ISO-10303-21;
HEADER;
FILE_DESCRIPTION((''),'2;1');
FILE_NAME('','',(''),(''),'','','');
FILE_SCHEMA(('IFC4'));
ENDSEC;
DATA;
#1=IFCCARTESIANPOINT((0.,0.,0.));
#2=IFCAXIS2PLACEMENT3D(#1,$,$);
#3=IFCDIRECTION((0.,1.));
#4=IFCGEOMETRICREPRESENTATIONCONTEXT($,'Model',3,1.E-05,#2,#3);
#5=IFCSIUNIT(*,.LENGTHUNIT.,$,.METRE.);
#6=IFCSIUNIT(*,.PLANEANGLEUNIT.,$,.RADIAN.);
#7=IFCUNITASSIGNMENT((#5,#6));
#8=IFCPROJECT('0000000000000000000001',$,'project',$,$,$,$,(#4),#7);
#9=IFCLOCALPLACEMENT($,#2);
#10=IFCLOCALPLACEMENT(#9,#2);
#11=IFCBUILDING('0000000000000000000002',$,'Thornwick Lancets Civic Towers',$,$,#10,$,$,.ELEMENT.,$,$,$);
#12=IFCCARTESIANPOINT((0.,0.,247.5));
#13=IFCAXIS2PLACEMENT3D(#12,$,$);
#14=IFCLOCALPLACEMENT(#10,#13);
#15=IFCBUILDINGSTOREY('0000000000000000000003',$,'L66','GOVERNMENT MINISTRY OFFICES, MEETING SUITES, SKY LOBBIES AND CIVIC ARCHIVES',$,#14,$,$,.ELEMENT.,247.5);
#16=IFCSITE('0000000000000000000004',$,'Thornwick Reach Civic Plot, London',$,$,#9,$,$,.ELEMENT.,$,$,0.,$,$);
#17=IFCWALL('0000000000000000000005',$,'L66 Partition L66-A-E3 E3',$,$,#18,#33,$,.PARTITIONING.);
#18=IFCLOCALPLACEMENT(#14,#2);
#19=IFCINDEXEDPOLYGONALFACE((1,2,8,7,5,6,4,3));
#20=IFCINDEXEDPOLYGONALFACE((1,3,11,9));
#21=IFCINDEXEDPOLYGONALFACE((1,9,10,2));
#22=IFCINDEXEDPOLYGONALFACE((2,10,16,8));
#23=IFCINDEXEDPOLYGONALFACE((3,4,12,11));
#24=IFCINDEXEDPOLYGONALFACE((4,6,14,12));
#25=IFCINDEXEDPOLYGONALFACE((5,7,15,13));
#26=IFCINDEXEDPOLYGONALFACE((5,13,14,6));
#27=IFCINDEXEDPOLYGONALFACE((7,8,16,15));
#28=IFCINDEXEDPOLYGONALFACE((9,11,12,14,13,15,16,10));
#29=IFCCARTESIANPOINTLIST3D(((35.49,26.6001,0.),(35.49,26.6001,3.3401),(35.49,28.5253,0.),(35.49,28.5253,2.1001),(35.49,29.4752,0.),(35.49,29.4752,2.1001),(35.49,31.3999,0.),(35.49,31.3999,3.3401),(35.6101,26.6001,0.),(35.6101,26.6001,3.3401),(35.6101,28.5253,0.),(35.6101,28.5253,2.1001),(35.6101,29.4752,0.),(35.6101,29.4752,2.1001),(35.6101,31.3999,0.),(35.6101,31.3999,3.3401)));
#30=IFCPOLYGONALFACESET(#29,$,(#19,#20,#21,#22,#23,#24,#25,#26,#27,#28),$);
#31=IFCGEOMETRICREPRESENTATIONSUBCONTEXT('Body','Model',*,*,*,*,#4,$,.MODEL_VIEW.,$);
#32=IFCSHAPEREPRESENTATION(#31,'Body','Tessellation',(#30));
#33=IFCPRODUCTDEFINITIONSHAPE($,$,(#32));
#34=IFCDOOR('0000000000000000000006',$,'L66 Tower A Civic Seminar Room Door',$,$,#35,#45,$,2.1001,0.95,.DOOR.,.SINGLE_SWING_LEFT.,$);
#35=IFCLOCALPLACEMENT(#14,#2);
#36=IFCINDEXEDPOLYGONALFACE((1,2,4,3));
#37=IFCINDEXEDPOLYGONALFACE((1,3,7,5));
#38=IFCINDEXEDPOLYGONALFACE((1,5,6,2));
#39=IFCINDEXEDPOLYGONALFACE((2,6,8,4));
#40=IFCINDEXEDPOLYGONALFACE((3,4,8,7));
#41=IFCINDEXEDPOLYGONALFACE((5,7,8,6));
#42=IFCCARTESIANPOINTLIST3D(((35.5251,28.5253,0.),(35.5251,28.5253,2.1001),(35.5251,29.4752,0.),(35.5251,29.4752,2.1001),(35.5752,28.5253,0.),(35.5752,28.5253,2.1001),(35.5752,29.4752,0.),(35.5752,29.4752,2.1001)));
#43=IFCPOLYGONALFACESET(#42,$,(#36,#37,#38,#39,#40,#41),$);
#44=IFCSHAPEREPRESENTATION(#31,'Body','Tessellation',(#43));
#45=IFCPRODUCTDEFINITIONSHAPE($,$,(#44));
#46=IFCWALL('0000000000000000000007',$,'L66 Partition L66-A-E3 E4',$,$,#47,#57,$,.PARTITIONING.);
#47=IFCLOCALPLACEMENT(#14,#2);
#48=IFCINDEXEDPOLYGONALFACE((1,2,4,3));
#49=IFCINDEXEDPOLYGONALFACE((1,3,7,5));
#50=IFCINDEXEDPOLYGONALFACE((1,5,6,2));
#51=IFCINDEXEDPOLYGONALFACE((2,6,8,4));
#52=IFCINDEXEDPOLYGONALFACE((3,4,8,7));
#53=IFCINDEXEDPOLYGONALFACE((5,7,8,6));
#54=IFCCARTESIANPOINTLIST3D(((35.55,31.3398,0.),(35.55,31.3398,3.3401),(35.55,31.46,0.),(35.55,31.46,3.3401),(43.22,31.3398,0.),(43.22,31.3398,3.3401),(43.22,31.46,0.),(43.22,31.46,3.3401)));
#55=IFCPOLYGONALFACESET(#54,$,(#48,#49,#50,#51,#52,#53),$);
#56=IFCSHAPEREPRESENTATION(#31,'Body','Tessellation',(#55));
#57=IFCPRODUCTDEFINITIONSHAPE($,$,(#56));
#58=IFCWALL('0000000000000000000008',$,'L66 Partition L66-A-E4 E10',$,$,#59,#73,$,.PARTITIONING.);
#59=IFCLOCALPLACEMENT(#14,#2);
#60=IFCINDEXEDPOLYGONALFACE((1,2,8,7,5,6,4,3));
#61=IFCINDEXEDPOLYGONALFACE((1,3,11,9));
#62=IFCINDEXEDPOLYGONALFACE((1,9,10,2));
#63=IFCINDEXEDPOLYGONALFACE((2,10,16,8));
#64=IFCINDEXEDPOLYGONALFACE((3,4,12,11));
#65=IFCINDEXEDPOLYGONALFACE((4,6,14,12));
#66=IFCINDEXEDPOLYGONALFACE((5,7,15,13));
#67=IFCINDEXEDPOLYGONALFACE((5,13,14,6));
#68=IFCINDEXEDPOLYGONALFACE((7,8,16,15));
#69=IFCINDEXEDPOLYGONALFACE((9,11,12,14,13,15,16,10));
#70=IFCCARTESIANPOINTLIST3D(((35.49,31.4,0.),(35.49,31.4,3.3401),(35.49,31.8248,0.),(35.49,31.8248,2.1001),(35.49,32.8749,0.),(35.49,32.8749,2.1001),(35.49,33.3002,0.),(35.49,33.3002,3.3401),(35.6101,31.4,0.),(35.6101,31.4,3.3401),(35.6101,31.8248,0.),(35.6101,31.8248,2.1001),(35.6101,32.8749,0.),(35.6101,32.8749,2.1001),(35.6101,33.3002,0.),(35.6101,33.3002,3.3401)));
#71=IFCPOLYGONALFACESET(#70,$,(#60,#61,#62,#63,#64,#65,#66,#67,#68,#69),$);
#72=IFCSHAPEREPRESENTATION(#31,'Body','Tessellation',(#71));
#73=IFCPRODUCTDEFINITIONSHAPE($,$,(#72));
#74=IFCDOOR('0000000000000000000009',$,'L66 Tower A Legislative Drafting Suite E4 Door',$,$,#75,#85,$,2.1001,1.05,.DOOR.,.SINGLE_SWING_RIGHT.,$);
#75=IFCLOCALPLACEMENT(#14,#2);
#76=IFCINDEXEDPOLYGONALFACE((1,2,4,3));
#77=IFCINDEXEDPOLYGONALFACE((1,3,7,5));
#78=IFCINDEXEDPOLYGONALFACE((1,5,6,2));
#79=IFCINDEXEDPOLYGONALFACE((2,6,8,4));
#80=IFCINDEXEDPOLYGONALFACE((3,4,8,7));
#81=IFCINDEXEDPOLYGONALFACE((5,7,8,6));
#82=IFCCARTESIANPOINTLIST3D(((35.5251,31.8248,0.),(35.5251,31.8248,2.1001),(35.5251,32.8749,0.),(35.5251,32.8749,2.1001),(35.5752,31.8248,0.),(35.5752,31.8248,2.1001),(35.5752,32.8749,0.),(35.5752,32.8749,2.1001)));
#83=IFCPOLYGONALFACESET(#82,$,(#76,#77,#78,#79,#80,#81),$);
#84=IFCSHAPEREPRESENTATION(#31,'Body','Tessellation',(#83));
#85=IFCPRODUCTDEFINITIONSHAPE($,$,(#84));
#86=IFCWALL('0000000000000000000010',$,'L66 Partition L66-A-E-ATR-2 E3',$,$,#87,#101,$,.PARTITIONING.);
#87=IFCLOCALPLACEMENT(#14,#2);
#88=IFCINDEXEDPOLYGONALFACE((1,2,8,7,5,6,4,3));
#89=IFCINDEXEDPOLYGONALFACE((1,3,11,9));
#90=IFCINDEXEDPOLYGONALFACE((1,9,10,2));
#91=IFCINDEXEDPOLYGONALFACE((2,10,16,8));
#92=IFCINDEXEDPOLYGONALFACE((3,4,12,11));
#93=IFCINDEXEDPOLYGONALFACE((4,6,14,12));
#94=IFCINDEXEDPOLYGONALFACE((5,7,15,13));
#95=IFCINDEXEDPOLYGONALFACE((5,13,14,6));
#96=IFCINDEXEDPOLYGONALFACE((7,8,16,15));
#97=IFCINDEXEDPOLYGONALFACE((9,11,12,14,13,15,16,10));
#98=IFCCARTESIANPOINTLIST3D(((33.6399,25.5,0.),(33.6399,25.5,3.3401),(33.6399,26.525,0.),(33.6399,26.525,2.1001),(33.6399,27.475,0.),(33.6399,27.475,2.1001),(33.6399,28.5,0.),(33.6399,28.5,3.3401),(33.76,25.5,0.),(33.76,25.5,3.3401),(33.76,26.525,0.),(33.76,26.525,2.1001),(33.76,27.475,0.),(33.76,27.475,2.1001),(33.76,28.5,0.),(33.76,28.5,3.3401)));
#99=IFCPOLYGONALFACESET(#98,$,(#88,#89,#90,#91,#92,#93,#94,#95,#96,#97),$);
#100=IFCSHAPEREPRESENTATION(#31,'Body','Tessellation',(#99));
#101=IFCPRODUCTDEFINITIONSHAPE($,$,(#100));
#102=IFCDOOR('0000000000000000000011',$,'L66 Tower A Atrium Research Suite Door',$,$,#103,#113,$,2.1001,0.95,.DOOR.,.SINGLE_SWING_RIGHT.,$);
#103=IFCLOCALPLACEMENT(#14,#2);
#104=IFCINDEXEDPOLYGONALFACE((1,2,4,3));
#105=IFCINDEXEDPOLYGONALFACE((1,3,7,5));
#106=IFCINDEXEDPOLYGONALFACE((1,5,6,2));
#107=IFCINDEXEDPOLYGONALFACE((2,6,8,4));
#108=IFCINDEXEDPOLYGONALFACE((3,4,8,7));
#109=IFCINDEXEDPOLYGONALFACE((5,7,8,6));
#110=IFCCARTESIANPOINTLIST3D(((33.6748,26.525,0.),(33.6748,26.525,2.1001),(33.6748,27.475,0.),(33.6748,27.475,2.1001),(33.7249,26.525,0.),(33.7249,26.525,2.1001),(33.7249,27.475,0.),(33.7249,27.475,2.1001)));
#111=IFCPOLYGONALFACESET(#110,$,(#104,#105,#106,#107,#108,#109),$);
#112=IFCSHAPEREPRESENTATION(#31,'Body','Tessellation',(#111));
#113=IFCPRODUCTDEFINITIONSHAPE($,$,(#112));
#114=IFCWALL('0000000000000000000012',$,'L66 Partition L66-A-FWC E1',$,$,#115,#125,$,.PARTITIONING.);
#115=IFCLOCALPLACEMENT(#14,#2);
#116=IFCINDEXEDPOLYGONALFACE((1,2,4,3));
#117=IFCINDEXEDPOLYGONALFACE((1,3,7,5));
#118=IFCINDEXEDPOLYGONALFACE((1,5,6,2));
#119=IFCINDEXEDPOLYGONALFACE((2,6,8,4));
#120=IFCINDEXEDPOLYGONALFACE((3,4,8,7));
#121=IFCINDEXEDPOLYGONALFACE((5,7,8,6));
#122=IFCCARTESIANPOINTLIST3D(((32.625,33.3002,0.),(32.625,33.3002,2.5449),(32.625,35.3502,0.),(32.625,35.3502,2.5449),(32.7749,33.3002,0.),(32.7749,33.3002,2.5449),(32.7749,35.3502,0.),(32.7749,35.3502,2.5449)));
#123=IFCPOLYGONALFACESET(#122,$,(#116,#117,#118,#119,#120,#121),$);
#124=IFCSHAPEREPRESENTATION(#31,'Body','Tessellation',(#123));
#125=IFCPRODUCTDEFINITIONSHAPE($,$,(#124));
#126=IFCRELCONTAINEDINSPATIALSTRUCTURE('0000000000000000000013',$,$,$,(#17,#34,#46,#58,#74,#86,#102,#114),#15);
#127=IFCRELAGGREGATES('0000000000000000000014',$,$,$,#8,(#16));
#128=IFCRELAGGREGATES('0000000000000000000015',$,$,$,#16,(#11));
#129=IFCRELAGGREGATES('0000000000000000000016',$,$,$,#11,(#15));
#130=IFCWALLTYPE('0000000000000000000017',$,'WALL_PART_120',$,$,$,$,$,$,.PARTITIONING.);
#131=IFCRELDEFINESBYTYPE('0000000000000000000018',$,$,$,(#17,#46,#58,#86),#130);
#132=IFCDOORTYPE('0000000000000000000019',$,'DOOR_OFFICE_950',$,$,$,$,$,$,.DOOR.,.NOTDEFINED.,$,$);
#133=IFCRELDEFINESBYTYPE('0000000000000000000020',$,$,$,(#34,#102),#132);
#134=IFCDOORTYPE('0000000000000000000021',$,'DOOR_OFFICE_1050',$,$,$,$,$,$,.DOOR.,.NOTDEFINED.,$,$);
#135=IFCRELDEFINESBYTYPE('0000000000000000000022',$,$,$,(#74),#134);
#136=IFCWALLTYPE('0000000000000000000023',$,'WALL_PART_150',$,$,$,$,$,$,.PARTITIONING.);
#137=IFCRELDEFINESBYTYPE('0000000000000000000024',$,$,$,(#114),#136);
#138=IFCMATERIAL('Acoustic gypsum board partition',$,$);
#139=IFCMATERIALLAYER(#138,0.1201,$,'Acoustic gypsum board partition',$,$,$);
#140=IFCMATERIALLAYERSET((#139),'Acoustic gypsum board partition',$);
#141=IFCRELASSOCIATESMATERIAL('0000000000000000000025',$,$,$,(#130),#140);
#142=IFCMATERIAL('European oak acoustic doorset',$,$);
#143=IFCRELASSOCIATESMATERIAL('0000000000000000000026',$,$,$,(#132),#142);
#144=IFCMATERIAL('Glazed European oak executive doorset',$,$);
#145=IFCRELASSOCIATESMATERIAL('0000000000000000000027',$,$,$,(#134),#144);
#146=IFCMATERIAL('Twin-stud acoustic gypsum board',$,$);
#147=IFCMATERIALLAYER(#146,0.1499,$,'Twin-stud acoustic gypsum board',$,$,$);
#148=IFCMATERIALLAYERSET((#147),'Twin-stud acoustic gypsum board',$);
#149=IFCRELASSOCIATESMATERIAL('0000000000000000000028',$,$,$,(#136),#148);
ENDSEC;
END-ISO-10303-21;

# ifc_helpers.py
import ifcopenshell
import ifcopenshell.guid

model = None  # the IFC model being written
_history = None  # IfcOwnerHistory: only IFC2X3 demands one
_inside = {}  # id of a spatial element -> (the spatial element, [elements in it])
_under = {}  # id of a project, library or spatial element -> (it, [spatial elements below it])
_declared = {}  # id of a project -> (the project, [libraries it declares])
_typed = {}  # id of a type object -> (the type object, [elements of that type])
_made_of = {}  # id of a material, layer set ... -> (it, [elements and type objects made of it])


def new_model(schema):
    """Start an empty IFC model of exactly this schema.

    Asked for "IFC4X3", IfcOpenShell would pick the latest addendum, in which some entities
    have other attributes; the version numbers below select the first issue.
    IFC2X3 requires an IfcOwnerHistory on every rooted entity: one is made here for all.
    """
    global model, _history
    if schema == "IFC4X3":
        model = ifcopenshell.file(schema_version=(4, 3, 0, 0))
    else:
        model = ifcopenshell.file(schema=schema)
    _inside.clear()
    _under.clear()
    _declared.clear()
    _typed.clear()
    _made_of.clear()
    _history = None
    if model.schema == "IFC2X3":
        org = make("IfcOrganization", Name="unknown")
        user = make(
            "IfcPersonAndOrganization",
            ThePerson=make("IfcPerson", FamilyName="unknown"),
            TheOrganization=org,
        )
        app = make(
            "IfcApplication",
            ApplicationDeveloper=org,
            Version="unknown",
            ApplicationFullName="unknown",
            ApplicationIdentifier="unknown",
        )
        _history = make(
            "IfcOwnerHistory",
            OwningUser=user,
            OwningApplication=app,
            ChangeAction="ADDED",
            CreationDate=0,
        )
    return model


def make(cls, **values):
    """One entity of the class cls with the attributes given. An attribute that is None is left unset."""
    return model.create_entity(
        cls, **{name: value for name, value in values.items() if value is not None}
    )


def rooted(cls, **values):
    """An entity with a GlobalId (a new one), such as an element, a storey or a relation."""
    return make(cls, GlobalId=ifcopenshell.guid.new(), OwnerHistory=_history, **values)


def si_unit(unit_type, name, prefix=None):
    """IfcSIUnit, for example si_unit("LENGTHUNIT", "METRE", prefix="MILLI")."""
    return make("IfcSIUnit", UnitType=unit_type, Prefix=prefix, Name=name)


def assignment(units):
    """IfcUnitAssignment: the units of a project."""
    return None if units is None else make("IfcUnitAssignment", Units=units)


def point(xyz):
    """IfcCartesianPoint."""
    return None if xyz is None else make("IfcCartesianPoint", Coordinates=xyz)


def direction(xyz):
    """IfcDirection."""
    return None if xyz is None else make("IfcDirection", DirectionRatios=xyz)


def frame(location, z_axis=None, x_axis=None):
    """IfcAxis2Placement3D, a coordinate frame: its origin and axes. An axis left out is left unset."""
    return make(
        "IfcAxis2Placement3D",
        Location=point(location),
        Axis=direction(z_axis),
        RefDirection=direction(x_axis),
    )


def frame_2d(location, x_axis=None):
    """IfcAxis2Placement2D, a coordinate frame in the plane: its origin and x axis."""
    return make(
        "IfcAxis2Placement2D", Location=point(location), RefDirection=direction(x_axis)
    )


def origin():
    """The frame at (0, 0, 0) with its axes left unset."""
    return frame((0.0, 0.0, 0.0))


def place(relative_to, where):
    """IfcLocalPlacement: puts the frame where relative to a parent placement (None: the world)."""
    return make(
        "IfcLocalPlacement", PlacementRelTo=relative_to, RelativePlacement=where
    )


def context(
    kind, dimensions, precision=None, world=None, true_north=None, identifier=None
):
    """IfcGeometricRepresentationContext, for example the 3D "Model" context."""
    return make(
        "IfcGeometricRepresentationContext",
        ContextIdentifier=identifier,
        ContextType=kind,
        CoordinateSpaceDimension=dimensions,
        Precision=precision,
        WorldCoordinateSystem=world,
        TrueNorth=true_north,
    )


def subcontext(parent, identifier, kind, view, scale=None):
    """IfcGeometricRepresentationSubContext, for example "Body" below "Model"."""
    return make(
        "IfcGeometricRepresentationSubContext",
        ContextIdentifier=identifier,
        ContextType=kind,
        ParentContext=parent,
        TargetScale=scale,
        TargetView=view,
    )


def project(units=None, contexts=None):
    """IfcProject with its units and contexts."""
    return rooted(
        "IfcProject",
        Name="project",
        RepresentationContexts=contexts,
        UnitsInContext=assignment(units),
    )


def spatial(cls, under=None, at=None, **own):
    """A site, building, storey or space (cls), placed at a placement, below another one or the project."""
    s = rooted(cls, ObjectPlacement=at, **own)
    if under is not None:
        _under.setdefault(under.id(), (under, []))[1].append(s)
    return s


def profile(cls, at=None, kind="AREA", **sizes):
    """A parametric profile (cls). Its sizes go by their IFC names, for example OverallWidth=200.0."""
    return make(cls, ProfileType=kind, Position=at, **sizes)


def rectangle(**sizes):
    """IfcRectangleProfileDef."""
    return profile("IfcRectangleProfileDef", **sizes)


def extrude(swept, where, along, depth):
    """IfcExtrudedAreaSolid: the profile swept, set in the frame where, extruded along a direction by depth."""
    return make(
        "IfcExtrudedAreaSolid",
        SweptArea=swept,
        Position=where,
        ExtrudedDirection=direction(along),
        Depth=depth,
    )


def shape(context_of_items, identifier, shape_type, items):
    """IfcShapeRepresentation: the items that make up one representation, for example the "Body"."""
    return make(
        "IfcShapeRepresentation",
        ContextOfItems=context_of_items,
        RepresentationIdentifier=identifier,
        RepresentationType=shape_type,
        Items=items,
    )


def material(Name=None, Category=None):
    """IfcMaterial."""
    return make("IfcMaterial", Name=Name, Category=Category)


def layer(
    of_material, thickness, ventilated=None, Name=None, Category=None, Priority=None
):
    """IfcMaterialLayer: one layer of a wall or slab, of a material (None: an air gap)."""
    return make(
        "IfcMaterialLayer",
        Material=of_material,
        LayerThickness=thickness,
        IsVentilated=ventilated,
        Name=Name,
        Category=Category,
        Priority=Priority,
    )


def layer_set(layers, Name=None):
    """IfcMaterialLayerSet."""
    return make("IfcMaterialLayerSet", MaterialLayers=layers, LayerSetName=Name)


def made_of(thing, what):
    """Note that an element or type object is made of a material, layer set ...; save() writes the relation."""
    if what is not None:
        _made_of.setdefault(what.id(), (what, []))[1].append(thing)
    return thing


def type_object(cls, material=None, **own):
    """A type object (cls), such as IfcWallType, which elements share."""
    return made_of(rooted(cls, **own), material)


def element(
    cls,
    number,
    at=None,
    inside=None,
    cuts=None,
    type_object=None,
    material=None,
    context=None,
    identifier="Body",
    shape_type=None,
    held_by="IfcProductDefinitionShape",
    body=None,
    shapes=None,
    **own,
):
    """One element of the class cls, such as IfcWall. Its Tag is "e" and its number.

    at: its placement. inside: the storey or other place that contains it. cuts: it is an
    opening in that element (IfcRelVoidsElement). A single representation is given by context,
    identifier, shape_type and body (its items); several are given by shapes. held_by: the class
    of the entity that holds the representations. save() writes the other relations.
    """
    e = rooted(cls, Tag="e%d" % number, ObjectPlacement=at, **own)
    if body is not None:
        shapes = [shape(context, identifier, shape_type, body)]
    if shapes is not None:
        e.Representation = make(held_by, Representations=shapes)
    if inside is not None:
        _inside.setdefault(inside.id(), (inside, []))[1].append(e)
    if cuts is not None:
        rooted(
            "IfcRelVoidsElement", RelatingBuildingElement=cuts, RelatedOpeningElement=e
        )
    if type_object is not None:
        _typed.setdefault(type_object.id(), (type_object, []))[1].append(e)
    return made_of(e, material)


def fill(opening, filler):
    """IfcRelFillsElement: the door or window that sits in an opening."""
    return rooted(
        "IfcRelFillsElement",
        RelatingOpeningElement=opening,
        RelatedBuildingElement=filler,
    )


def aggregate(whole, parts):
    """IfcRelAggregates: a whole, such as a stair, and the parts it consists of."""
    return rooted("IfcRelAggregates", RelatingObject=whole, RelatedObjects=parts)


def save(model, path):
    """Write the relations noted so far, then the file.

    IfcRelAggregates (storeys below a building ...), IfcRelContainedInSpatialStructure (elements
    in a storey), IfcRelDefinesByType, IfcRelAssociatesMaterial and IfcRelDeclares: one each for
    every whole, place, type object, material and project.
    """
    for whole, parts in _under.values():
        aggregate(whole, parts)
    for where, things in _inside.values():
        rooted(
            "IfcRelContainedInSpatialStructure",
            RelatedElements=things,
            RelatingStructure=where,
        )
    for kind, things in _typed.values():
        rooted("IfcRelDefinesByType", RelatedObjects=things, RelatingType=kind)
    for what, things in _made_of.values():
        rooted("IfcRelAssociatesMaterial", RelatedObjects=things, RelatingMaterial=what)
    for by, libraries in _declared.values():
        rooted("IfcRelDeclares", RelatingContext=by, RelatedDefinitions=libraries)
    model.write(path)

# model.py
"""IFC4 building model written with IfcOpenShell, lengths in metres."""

from ifc_helpers import new_model, si_unit, direction, frame, frame_2d, origin, place, context, subcontext, project, spatial, rectangle, extrude, material, layer, layer_set, type_object, element, fill, save


model = new_model("IFC4")

# Units and contexts
model_context = context("Model", 3, precision=1e-05, world=origin(), true_north=direction((0.0, 1.0)))
body_context = subcontext(model_context, "Body", "Model", "MODEL_VIEW")
ifc_project = project(units=[si_unit("LENGTHUNIT", "METRE"), si_unit("PLANEANGLEUNIT", "RADIAN")], contexts=[model_context])

# Site, building, storey
site_placement = place(None, origin())
site = spatial("IfcSite", under=ifc_project, at=site_placement, Name="Thornwick Reach Civic Plot, London", CompositionType="ELEMENT", RefElevation=0.0)
building_placement = place(site_placement, origin())
building = spatial("IfcBuilding", under=site, at=building_placement, Name="Thornwick Lancets Civic Towers", CompositionType="ELEMENT")
storey_placement = place(building_placement, frame((0.0, 0.0, 247.5)))
storey = spatial("IfcBuildingStorey", under=building, at=storey_placement, Name="L66", Description="GOVERNMENT MINISTRY OFFICES, MEETING SUITES, SKY LOBBIES AND CIVIC ARCHIVES", CompositionType="ELEMENT", Elevation=247.5)

# Shared definitions
ifc_material_1 = material(Name="Acoustic gypsum board partition")
ifc_layer_1 = layer(ifc_material_1, 0.1201, Name="Acoustic gypsum board partition")
ifc_layer_set_1 = layer_set([ifc_layer_1], Name="Acoustic gypsum board partition")
wall_type_1 = type_object("IfcWallType", Name="WALL_PART_120", PredefinedType="PARTITIONING", material=ifc_layer_set_1)

# Wall, opening, door
wall_1_placement = place(storey_placement, frame((35.55, 26.6001, 0.0), z_axis=(0.0, 0.0, 1.0), x_axis=(0.0, 1.0, 0.0)))
wall_1 = element("IfcWall", 1, at=wall_1_placement, inside=storey, type_object=wall_type_1, Name="L66 Partition L66-A-E3 E3", PredefinedType="PARTITIONING", context=body_context, shape_type="SweptSolid", body=[
    extrude(rectangle(XDim=4.7998, YDim=0.1201, at=frame_2d((2.3999, 0.0))), origin(), (0.0, 0.0, 1.0), 3.3401),
])
opening_1_placement = place(wall_1_placement, frame((1.925, 0.0, 0.0)))
opening_1 = element("IfcOpeningElement", 2, at=opening_1_placement, cuts=wall_1, PredefinedType="OPENING", context=body_context, shape_type="SweptSolid", body=[
    extrude(rectangle(XDim=0.95, YDim=2.1001, at=frame_2d((0.4751, 1.05))), frame((0.0, 0.0701, 0.0), z_axis=(0.0, -1.0, 0.0), x_axis=(1.0, 0.0, 0.0)), (0.0, 0.0, 1.0), 0.1401),
])
ifc_material_2 = material(Name="European oak acoustic doorset")
door_type_1 = type_object("IfcDoorType", Name="DOOR_OFFICE_950", OperationType="NOTDEFINED", PredefinedType="DOOR", material=ifc_material_2)
door_1_placement = place(opening_1_placement, origin())
door_1 = element("IfcDoor", 3, at=door_1_placement, inside=storey, type_object=door_type_1, Name="L66 Tower A Civic Seminar Room Door", OperationType="SINGLE_SWING_LEFT", OverallHeight=2.1001, OverallWidth=0.95, PredefinedType="DOOR", context=body_context, shape_type="SweptSolid", body=[
    extrude(rectangle(XDim=0.95, YDim=2.1001, at=frame_2d((0.4751, 1.05))), frame((0.0, 0.0249, 0.0), z_axis=(0.0, -1.0, 0.0), x_axis=(1.0, 0.0, 0.0)), (0.0, 0.0, 1.0), 0.05),
])
fill(opening_1, door_1)

# Wall
wall_2_placement = place(storey_placement, frame((35.55, 31.3999, 0.0), z_axis=(0.0, 0.0, 1.0), x_axis=(1.0, 0.0, 0.0)))
element("IfcWall", 4, at=wall_2_placement, inside=storey, type_object=wall_type_1, Name="L66 Partition L66-A-E3 E4", PredefinedType="PARTITIONING", context=body_context, shape_type="SweptSolid", body=[
    extrude(rectangle(XDim=7.6699, YDim=0.1201, at=frame_2d((3.835, 0.0))), origin(), (0.0, 0.0, 1.0), 3.3401),
])

# Walls, openings, doors
wall_3_placement = place(storey_placement, frame((35.55, 31.3999, 0.0), z_axis=(0.0, 0.0, 1.0), x_axis=(0.0, 1.0, 0.0)))
wall_3 = element("IfcWall", 5, at=wall_3_placement, inside=storey, type_object=wall_type_1, Name="L66 Partition L66-A-E4 E10", PredefinedType="PARTITIONING", context=body_context, shape_type="SweptSolid", body=[
    extrude(rectangle(XDim=1.9001, YDim=0.1201, at=frame_2d((0.9502, 0.0))), origin(), (0.0, 0.0, 1.0), 3.3401),
])
opening_2_placement = place(wall_3_placement, frame((0.425, 0.0, 0.0)))
opening_2 = element("IfcOpeningElement", 6, at=opening_2_placement, cuts=wall_3, PredefinedType="OPENING", context=body_context, shape_type="SweptSolid", body=[
    extrude(rectangle(XDim=1.05, YDim=2.1001, at=frame_2d((0.5249, 1.05))), frame((0.0, 0.0701, 0.0), z_axis=(0.0, -1.0, 0.0), x_axis=(1.0, 0.0, 0.0)), (0.0, 0.0, 1.0), 0.1401),
])
ifc_material_3 = material(Name="Glazed European oak executive doorset")
door_type_2 = type_object("IfcDoorType", Name="DOOR_OFFICE_1050", OperationType="NOTDEFINED", PredefinedType="DOOR", material=ifc_material_3)
door_2_placement = place(opening_2_placement, origin())
door_2 = element("IfcDoor", 7, at=door_2_placement, inside=storey, type_object=door_type_2, Name="L66 Tower A Legislative Drafting Suite E4 Door", OperationType="SINGLE_SWING_RIGHT", OverallHeight=2.1001, OverallWidth=1.05, PredefinedType="DOOR", context=body_context, shape_type="SweptSolid", body=[
    extrude(rectangle(XDim=1.05, YDim=2.1001, at=frame_2d((0.5249, 1.05))), frame((0.0, 0.0249, 0.0), z_axis=(0.0, -1.0, 0.0), x_axis=(1.0, 0.0, 0.0)), (0.0, 0.0, 1.0), 0.05),
])
fill(opening_2, door_2)
wall_4_placement = place(storey_placement, frame((33.7, 28.5, 0.0), z_axis=(0.0, 0.0, 1.0), x_axis=(0.0, -1.0, 0.0)))
wall_4 = element("IfcWall", 8, at=wall_4_placement, inside=storey, type_object=wall_type_1, Name="L66 Partition L66-A-E-ATR-2 E3", PredefinedType="PARTITIONING", context=body_context, shape_type="SweptSolid", body=[
    extrude(rectangle(XDim=3.0, YDim=0.1201, at=frame_2d((1.5, 0.0))), origin(), (0.0, 0.0, 1.0), 3.3401),
])
opening_3_placement = place(wall_4_placement, frame((1.0249, 0.0, 0.0)))
opening_3 = element("IfcOpeningElement", 9, at=opening_3_placement, cuts=wall_4, PredefinedType="OPENING", context=body_context, shape_type="SweptSolid", body=[
    extrude(rectangle(XDim=0.95, YDim=2.1001, at=frame_2d((0.4751, 1.05))), frame((0.0, 0.0701, 0.0), z_axis=(0.0, -1.0, 0.0), x_axis=(1.0, 0.0, 0.0)), (0.0, 0.0, 1.0), 0.1401),
])
door_3_placement = place(opening_3_placement, origin())
door_3 = element("IfcDoor", 10, at=door_3_placement, inside=storey, type_object=door_type_1, Name="L66 Tower A Atrium Research Suite Door", OperationType="SINGLE_SWING_RIGHT", OverallHeight=2.1001, OverallWidth=0.95, PredefinedType="DOOR", context=body_context, shape_type="SweptSolid", body=[
    extrude(rectangle(XDim=0.95, YDim=2.1001, at=frame_2d((0.4751, 1.05))), frame((0.0, 0.0249, 0.0), z_axis=(0.0, -1.0, 0.0), x_axis=(1.0, 0.0, 0.0)), (0.0, 0.0, 1.0), 0.05),
])
fill(opening_3, door_3)

# Wall
ifc_material_4 = material(Name="Twin-stud acoustic gypsum board")
ifc_layer_2 = layer(ifc_material_4, 0.1499, Name="Twin-stud acoustic gypsum board")
ifc_layer_set_2 = layer_set([ifc_layer_2], Name="Twin-stud acoustic gypsum board")
wall_type_2 = type_object("IfcWallType", Name="WALL_PART_150", PredefinedType="PARTITIONING", material=ifc_layer_set_2)
wall_5_placement = place(storey_placement, frame((32.7, 35.3501, 0.0), z_axis=(0.0, 0.0, 1.0), x_axis=(0.0, -1.0, 0.0)))
element("IfcWall", 11, at=wall_5_placement, inside=storey, type_object=wall_type_2, Name="L66 Partition L66-A-FWC E1", PredefinedType="PARTITIONING", context=body_context, shape_type="SweptSolid", body=[
    extrude(rectangle(XDim=2.05, YDim=0.1499, at=frame_2d((1.0249, 0.0))), origin(), (0.0, 0.0, 1.0), 2.5449),
])

save(model, "model.ifc")
